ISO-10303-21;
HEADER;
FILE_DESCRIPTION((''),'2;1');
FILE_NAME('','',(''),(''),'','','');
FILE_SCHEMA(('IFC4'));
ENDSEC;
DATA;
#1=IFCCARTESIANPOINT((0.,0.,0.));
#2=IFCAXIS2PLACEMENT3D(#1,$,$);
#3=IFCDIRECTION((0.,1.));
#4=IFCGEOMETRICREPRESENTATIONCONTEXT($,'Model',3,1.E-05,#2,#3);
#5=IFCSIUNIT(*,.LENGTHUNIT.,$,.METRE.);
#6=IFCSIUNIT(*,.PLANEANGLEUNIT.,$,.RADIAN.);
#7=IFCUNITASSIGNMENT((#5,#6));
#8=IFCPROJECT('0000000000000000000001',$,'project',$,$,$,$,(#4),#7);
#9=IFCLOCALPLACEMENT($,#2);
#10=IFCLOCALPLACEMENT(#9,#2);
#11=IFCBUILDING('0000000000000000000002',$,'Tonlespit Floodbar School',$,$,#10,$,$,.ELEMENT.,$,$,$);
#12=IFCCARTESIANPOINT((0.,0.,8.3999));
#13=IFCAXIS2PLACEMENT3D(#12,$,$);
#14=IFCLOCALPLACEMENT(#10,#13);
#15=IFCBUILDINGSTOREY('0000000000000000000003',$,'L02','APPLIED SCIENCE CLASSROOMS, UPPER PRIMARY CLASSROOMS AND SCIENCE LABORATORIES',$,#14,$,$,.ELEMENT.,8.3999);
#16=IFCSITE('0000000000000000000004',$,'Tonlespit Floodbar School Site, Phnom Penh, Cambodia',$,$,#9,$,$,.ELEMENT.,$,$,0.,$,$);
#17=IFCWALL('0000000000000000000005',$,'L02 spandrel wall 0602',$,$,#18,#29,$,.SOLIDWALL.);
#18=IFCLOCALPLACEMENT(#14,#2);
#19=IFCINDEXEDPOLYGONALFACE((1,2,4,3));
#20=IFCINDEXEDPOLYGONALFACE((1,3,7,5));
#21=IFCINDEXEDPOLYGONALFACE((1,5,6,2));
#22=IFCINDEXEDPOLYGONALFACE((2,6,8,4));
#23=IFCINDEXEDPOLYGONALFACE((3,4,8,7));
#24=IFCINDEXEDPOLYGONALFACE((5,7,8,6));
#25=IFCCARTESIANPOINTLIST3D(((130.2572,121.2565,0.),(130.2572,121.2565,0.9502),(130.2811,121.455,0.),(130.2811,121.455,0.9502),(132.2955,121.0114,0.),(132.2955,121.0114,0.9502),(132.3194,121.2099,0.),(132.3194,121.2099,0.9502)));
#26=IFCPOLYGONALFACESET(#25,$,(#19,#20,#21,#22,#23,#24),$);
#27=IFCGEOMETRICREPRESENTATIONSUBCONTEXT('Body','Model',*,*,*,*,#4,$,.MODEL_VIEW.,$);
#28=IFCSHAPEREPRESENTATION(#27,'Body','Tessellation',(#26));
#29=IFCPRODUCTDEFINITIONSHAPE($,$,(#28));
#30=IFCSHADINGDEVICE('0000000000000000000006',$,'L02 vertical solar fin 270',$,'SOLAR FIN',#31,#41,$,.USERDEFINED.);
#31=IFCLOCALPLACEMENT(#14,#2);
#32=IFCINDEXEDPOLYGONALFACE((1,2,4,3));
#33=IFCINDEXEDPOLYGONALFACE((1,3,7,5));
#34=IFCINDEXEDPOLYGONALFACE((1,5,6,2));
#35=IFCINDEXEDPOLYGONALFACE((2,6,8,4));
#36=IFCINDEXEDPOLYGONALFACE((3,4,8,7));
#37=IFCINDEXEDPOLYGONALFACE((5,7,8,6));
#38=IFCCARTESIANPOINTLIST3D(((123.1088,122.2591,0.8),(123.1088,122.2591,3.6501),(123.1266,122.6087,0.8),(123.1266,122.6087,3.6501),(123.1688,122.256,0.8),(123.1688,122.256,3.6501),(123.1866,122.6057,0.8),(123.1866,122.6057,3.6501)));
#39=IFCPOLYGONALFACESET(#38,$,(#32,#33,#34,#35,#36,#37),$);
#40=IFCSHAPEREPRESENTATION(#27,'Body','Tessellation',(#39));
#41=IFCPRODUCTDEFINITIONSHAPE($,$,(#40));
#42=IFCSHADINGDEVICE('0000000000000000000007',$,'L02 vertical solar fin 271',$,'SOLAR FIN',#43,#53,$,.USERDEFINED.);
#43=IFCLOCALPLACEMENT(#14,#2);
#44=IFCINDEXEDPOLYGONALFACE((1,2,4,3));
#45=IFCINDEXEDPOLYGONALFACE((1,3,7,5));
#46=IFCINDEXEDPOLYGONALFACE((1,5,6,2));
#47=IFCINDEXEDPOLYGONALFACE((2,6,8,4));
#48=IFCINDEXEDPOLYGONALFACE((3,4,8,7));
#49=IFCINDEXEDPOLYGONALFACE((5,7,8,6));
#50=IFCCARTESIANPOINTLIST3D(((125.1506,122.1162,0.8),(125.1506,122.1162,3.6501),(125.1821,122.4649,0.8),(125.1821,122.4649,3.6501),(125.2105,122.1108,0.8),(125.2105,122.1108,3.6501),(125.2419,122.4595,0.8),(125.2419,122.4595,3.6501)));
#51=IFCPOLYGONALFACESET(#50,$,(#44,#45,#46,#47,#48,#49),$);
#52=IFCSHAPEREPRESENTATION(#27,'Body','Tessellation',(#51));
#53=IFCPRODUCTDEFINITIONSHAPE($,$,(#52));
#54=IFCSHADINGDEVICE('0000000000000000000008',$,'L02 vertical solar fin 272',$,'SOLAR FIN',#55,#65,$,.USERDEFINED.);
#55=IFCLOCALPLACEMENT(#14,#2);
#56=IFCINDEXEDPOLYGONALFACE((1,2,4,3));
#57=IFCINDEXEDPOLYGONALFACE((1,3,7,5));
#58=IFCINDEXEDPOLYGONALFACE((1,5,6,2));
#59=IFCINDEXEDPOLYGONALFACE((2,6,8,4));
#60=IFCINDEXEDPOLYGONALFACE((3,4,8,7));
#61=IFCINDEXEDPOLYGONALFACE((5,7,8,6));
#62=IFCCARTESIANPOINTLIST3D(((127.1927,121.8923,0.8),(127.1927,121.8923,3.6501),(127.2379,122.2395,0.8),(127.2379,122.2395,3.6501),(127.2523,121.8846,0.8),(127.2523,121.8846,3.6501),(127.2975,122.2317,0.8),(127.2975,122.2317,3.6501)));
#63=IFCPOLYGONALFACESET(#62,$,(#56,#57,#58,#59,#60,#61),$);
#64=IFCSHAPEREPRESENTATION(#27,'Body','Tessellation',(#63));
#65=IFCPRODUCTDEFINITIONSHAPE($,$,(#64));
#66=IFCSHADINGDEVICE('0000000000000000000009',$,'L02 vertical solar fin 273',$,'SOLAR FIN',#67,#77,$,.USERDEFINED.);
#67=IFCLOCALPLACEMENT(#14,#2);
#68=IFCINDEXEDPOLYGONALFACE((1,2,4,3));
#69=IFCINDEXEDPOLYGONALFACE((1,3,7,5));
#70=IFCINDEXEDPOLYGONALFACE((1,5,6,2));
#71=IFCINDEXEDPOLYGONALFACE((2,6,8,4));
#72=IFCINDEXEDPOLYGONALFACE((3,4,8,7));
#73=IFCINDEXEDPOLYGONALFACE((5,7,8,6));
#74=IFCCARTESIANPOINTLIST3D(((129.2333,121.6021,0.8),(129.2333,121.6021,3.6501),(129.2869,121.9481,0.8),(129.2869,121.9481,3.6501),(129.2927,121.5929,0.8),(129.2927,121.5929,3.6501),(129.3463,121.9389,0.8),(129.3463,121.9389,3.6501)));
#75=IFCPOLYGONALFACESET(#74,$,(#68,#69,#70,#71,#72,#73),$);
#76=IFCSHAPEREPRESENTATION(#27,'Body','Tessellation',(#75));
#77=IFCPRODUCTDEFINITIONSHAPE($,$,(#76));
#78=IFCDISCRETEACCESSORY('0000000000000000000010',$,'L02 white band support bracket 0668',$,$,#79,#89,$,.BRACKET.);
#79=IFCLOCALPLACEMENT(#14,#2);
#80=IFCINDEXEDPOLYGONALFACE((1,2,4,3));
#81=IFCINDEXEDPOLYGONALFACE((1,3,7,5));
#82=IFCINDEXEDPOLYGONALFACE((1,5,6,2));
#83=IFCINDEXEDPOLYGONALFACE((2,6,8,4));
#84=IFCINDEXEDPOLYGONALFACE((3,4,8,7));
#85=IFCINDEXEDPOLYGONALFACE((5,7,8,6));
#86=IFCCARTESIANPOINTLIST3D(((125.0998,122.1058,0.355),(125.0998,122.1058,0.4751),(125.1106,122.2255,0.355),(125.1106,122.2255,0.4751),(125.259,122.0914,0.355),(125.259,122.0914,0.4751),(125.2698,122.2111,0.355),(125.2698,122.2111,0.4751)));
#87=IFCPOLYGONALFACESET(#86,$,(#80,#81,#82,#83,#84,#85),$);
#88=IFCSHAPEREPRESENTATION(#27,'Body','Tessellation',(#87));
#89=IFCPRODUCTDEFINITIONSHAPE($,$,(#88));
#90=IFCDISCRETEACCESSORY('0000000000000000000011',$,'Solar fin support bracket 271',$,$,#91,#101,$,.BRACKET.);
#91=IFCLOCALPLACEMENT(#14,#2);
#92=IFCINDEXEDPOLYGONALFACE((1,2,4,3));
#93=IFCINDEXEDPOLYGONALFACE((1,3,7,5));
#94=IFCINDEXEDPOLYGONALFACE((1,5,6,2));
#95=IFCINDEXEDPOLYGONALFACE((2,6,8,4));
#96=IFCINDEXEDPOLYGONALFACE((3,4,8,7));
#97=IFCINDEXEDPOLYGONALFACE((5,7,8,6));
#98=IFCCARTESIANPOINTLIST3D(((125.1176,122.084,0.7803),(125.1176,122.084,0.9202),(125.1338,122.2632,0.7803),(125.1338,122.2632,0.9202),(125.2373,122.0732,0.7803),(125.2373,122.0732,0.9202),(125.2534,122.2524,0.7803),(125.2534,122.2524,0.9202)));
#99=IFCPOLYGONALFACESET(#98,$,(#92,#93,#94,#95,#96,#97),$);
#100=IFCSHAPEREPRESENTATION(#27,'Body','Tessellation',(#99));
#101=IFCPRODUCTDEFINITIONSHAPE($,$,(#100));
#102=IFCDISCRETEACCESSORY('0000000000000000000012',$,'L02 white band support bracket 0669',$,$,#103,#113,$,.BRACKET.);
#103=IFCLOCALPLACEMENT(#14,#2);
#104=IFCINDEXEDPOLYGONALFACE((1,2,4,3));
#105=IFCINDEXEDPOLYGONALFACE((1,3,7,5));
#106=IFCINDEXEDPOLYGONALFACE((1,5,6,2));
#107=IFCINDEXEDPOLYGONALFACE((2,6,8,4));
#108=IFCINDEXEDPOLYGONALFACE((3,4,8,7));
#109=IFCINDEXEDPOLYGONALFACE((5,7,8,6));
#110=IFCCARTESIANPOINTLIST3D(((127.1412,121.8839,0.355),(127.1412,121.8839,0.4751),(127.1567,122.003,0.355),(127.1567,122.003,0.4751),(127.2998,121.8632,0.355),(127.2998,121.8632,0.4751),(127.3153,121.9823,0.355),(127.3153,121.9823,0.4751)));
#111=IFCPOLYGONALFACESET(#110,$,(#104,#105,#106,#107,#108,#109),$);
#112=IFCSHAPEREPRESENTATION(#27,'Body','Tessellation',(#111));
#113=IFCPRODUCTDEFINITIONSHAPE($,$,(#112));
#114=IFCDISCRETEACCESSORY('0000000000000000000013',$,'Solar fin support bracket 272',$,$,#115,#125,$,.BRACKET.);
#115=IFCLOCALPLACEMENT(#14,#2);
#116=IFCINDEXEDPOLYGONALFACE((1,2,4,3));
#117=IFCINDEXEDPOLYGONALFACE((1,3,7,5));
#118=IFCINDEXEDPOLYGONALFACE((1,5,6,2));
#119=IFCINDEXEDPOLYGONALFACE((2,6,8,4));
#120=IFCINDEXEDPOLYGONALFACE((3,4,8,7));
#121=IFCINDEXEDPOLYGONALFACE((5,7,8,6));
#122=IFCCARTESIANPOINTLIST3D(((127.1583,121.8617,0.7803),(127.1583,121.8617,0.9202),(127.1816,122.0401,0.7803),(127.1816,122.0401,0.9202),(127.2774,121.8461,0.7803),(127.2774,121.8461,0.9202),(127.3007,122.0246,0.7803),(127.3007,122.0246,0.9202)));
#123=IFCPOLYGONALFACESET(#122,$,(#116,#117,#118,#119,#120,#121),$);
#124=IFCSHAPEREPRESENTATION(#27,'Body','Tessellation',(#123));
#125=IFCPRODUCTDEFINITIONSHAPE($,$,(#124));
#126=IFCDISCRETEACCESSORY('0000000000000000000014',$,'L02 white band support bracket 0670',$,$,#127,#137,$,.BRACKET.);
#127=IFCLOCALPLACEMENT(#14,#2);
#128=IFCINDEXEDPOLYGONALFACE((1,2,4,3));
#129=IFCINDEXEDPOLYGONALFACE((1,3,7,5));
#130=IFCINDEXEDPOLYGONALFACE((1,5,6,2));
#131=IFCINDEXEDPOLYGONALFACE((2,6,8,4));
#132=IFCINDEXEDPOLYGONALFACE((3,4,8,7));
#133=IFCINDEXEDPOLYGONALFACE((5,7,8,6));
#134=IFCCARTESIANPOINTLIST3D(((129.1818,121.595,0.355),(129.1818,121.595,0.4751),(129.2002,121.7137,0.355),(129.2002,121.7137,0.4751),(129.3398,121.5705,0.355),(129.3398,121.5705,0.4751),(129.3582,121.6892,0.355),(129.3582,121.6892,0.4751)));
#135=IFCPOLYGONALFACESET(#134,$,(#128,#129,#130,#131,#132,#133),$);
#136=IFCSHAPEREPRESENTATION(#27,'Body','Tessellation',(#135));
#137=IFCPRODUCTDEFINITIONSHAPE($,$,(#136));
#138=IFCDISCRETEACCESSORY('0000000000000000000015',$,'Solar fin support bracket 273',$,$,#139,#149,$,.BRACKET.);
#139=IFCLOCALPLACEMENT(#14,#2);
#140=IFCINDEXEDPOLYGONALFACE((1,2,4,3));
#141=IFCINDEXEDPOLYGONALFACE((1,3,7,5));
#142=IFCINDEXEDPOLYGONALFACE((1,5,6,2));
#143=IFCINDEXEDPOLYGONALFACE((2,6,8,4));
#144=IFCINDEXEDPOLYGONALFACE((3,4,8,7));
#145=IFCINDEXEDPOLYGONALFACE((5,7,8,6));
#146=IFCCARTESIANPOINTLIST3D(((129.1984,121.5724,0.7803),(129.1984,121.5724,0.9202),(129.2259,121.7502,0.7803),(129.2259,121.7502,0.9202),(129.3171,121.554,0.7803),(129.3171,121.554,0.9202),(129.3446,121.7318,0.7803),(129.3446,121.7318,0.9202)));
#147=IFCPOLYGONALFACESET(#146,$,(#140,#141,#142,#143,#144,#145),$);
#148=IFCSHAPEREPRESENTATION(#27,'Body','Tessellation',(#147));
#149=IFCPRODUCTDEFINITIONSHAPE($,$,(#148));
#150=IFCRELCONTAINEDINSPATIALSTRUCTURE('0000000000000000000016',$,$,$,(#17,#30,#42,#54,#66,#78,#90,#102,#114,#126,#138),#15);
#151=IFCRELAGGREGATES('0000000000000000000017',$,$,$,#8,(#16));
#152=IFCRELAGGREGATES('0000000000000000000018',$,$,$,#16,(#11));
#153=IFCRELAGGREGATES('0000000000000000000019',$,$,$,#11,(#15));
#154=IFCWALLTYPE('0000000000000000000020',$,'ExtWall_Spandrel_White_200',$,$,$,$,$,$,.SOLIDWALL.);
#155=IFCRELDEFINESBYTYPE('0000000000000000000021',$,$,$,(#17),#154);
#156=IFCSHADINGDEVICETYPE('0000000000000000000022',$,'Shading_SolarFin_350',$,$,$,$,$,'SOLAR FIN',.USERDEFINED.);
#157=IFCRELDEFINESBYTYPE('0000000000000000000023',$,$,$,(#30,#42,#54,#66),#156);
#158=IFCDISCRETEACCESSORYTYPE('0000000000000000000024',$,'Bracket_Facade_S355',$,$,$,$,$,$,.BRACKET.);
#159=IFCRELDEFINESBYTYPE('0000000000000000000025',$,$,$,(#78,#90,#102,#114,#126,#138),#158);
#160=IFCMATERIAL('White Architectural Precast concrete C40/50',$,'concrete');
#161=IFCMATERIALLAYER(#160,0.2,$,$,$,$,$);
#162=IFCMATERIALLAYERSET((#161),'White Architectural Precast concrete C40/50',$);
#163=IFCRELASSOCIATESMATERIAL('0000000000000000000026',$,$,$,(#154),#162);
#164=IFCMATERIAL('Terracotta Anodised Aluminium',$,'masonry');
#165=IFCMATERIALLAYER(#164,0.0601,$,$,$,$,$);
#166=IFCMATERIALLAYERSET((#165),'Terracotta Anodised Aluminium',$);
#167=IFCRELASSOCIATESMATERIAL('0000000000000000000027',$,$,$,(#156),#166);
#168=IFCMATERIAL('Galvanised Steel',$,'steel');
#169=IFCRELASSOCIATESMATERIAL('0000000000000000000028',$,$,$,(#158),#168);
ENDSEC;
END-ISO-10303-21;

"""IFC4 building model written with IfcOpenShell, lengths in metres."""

from ifc_helpers import new_model, si_unit, direction, frame, frame_2d, origin, origin_2d, place, context, subcontext, project, spatial, rectangle, extrude, material, layer, layer_set, type_object, element, save


model = new_model("IFC4")

# Units and contexts
model_context = context("Model", 3, precision=1e-05, world=origin(), true_north=direction((0.0, 1.0)))
body_context = subcontext(model_context, "Body", "Model", "MODEL_VIEW")
ifc_project = project(units=[si_unit("LENGTHUNIT", "METRE"), si_unit("PLANEANGLEUNIT", "RADIAN")], contexts=[model_context])

# Site, building, storey
site_placement = place(None, origin())
site = spatial("IfcSite", under=ifc_project, at=site_placement, Name="Tonlespit Floodbar School Site, Phnom Penh, Cambodia", CompositionType="ELEMENT", RefElevation=0.0)
building_placement = place(site_placement, origin())
building = spatial("IfcBuilding", under=site, at=building_placement, Name="Tonlespit Floodbar School", CompositionType="ELEMENT")
storey_placement = place(building_placement, frame((0.0, 0.0, 8.3999)))
storey = spatial("IfcBuildingStorey", under=building, at=storey_placement, Name="L02", Description="APPLIED SCIENCE CLASSROOMS, UPPER PRIMARY CLASSROOMS AND SCIENCE LABORATORIES", CompositionType="ELEMENT", Elevation=8.3999)

# Wall
ifc_material_1 = material(Name="White Architectural Precast concrete C40/50", Category="concrete")
ifc_layer_1 = layer(ifc_material_1, 0.2)
ifc_layer_set_1 = layer_set([ifc_layer_1], Name="White Architectural Precast concrete C40/50")
wall_type = type_object("IfcWallType", Name="ExtWall_Spandrel_White_200", PredefinedType="SOLIDWALL", material=ifc_layer_set_1)
wall_1_placement = place(storey_placement, frame((130.2693, 121.3557, 0.0), z_axis=(0.0, 0.0, 1.0), x_axis=(0.992847, -0.119394, 0.0)))
element("IfcWall", 1, at=wall_1_placement, inside=storey, type_object=wall_type, Name="L02 spandrel wall 0602", PredefinedType="SOLIDWALL", context=body_context, shape_type="SweptSolid", body=[
    extrude(rectangle(XDim=2.053, YDim=0.2, at=frame_2d((1.0264, 0.0))), origin(), (0.0, 0.0, 1.0), 0.9502),
])

# Shading devices
ifc_material_2 = material(Name="Terracotta Anodised Aluminium", Category="masonry")
ifc_layer_2 = layer(ifc_material_2, 0.0601)
ifc_layer_set_2 = layer_set([ifc_layer_2], Name="Terracotta Anodised Aluminium")
shading_device_type = type_object("IfcShadingDeviceType", Name="Shading_SolarFin_350", ElementType="SOLAR FIN", PredefinedType="USERDEFINED", material=ifc_layer_set_2)
for number, where, z_axis, x_axis, name in (
    (2, (123.1477, 122.4324, 0.8), (0.0, 0.0, 1.0), (0.998716, -0.050661, 0.0), "L02 vertical solar fin 270"),
    (3, (125.1963, 122.2878, 0.8), (0.0, 0.0, 1.0), (0.995951, -0.089897, 0.0), "L02 vertical solar fin 271"),
    (4, (127.2451, 122.062, 0.8), (0.0, 0.0, 1.0), (0.991631, -0.129104, 0.0), "L02 vertical solar fin 272"),
    (5, (129.2898, 121.7705, 0.8), (0.0, 0.0, 1.0), (0.988218, -0.153051, 0.0), "L02 vertical solar fin 273"),
):
    element("IfcShadingDevice", number, at=place(storey_placement, frame(where, z_axis=z_axis, x_axis=x_axis)), inside=storey, type_object=shading_device_type, Name=name, ObjectType="SOLAR FIN", PredefinedType="USERDEFINED", context=body_context, shape_type="SweptSolid", body=[
        extrude(rectangle(XDim=0.0601, YDim=0.3501, at=origin_2d()), origin(), (0.0, 0.0, 1.0), 2.8501),
    ])

# Discrete accessories
ifc_material_3 = material(Name="Galvanised Steel", Category="steel")
discrete_accessory_type = type_object("IfcDiscreteAccessoryType", Name="Bracket_Facade_S355", PredefinedType="BRACKET", material=ifc_material_3)
discrete_accessory_1_placement = place(storey_placement, frame((125.1848, 122.1584, 0.355), z_axis=(0.0, 0.0, 1.0), x_axis=(0.995951, -0.089897, 0.0)))
element("IfcDiscreteAccessory", 6, at=discrete_accessory_1_placement, inside=storey, type_object=discrete_accessory_type, Name="L02 white band support bracket 0668", PredefinedType="BRACKET", context=body_context, shape_type="SweptSolid", body=[
    extrude(rectangle(XDim=0.1599, YDim=0.1201, at=origin_2d()), origin(), (0.0, 0.0, 1.0), 0.1201),
])
discrete_accessory_2_placement = place(storey_placement, frame((125.1855, 122.1682, 0.7803), z_axis=(0.0, 0.0, 1.0), x_axis=(0.995951, -0.089897, 0.0)))
element("IfcDiscreteAccessory", 7, at=discrete_accessory_2_placement, inside=storey, type_object=discrete_accessory_type, Name="Solar fin support bracket 271", PredefinedType="BRACKET", context=body_context, shape_type="SweptSolid", body=[
    extrude(rectangle(XDim=0.1201, YDim=0.1799, at=origin_2d()), origin(), (0.0, 0.0, 1.0), 0.1399),
])
discrete_accessory_3_placement = place(storey_placement, frame((127.2283, 121.9331, 0.355), z_axis=(0.0, 0.0, 1.0), x_axis=(0.991631, -0.129104, 0.0)))
element("IfcDiscreteAccessory", 8, at=discrete_accessory_3_placement, inside=storey, type_object=discrete_accessory_type, Name="L02 white band support bracket 0669", PredefinedType="BRACKET", context=body_context, shape_type="SweptSolid", body=[
    extrude(rectangle(XDim=0.1599, YDim=0.1201, at=origin_2d()), origin(), (0.0, 0.0, 1.0), 0.1201),
])
discrete_accessory_4_placement = place(storey_placement, frame((127.2295, 121.9431, 0.7803), z_axis=(0.0, 0.0, 1.0), x_axis=(0.991631, -0.129104, 0.0)))
element("IfcDiscreteAccessory", 9, at=discrete_accessory_4_placement, inside=storey, type_object=discrete_accessory_type, Name="Solar fin support bracket 272", PredefinedType="BRACKET", context=body_context, shape_type="SweptSolid", body=[
    extrude(rectangle(XDim=0.1201, YDim=0.1799, at=origin_2d()), origin(), (0.0, 0.0, 1.0), 0.1399),
])
discrete_accessory_5_placement = place(storey_placement, frame((129.27, 121.6421, 0.355), z_axis=(0.0, 0.0, 1.0), x_axis=(0.988218, -0.153051, 0.0)))
element("IfcDiscreteAccessory", 10, at=discrete_accessory_5_placement, inside=storey, type_object=discrete_accessory_type, Name="L02 white band support bracket 0670", PredefinedType="BRACKET", context=body_context, shape_type="SweptSolid", body=[
    extrude(rectangle(XDim=0.1599, YDim=0.1201, at=origin_2d()), origin(), (0.0, 0.0, 1.0), 0.1201),
])
discrete_accessory_6_placement = place(storey_placement, frame((129.2715, 121.6521, 0.7803), z_axis=(0.0, 0.0, 1.0), x_axis=(0.988218, -0.153051, 0.0)))
element("IfcDiscreteAccessory", 11, at=discrete_accessory_6_placement, inside=storey, type_object=discrete_accessory_type, Name="Solar fin support bracket 273", PredefinedType="BRACKET", context=body_context, shape_type="SweptSolid", body=[
    extrude(rectangle(XDim=0.1201, YDim=0.1799, at=origin_2d()), origin(), (0.0, 0.0, 1.0), 0.1399),
])

save(model, "model.ifc")
